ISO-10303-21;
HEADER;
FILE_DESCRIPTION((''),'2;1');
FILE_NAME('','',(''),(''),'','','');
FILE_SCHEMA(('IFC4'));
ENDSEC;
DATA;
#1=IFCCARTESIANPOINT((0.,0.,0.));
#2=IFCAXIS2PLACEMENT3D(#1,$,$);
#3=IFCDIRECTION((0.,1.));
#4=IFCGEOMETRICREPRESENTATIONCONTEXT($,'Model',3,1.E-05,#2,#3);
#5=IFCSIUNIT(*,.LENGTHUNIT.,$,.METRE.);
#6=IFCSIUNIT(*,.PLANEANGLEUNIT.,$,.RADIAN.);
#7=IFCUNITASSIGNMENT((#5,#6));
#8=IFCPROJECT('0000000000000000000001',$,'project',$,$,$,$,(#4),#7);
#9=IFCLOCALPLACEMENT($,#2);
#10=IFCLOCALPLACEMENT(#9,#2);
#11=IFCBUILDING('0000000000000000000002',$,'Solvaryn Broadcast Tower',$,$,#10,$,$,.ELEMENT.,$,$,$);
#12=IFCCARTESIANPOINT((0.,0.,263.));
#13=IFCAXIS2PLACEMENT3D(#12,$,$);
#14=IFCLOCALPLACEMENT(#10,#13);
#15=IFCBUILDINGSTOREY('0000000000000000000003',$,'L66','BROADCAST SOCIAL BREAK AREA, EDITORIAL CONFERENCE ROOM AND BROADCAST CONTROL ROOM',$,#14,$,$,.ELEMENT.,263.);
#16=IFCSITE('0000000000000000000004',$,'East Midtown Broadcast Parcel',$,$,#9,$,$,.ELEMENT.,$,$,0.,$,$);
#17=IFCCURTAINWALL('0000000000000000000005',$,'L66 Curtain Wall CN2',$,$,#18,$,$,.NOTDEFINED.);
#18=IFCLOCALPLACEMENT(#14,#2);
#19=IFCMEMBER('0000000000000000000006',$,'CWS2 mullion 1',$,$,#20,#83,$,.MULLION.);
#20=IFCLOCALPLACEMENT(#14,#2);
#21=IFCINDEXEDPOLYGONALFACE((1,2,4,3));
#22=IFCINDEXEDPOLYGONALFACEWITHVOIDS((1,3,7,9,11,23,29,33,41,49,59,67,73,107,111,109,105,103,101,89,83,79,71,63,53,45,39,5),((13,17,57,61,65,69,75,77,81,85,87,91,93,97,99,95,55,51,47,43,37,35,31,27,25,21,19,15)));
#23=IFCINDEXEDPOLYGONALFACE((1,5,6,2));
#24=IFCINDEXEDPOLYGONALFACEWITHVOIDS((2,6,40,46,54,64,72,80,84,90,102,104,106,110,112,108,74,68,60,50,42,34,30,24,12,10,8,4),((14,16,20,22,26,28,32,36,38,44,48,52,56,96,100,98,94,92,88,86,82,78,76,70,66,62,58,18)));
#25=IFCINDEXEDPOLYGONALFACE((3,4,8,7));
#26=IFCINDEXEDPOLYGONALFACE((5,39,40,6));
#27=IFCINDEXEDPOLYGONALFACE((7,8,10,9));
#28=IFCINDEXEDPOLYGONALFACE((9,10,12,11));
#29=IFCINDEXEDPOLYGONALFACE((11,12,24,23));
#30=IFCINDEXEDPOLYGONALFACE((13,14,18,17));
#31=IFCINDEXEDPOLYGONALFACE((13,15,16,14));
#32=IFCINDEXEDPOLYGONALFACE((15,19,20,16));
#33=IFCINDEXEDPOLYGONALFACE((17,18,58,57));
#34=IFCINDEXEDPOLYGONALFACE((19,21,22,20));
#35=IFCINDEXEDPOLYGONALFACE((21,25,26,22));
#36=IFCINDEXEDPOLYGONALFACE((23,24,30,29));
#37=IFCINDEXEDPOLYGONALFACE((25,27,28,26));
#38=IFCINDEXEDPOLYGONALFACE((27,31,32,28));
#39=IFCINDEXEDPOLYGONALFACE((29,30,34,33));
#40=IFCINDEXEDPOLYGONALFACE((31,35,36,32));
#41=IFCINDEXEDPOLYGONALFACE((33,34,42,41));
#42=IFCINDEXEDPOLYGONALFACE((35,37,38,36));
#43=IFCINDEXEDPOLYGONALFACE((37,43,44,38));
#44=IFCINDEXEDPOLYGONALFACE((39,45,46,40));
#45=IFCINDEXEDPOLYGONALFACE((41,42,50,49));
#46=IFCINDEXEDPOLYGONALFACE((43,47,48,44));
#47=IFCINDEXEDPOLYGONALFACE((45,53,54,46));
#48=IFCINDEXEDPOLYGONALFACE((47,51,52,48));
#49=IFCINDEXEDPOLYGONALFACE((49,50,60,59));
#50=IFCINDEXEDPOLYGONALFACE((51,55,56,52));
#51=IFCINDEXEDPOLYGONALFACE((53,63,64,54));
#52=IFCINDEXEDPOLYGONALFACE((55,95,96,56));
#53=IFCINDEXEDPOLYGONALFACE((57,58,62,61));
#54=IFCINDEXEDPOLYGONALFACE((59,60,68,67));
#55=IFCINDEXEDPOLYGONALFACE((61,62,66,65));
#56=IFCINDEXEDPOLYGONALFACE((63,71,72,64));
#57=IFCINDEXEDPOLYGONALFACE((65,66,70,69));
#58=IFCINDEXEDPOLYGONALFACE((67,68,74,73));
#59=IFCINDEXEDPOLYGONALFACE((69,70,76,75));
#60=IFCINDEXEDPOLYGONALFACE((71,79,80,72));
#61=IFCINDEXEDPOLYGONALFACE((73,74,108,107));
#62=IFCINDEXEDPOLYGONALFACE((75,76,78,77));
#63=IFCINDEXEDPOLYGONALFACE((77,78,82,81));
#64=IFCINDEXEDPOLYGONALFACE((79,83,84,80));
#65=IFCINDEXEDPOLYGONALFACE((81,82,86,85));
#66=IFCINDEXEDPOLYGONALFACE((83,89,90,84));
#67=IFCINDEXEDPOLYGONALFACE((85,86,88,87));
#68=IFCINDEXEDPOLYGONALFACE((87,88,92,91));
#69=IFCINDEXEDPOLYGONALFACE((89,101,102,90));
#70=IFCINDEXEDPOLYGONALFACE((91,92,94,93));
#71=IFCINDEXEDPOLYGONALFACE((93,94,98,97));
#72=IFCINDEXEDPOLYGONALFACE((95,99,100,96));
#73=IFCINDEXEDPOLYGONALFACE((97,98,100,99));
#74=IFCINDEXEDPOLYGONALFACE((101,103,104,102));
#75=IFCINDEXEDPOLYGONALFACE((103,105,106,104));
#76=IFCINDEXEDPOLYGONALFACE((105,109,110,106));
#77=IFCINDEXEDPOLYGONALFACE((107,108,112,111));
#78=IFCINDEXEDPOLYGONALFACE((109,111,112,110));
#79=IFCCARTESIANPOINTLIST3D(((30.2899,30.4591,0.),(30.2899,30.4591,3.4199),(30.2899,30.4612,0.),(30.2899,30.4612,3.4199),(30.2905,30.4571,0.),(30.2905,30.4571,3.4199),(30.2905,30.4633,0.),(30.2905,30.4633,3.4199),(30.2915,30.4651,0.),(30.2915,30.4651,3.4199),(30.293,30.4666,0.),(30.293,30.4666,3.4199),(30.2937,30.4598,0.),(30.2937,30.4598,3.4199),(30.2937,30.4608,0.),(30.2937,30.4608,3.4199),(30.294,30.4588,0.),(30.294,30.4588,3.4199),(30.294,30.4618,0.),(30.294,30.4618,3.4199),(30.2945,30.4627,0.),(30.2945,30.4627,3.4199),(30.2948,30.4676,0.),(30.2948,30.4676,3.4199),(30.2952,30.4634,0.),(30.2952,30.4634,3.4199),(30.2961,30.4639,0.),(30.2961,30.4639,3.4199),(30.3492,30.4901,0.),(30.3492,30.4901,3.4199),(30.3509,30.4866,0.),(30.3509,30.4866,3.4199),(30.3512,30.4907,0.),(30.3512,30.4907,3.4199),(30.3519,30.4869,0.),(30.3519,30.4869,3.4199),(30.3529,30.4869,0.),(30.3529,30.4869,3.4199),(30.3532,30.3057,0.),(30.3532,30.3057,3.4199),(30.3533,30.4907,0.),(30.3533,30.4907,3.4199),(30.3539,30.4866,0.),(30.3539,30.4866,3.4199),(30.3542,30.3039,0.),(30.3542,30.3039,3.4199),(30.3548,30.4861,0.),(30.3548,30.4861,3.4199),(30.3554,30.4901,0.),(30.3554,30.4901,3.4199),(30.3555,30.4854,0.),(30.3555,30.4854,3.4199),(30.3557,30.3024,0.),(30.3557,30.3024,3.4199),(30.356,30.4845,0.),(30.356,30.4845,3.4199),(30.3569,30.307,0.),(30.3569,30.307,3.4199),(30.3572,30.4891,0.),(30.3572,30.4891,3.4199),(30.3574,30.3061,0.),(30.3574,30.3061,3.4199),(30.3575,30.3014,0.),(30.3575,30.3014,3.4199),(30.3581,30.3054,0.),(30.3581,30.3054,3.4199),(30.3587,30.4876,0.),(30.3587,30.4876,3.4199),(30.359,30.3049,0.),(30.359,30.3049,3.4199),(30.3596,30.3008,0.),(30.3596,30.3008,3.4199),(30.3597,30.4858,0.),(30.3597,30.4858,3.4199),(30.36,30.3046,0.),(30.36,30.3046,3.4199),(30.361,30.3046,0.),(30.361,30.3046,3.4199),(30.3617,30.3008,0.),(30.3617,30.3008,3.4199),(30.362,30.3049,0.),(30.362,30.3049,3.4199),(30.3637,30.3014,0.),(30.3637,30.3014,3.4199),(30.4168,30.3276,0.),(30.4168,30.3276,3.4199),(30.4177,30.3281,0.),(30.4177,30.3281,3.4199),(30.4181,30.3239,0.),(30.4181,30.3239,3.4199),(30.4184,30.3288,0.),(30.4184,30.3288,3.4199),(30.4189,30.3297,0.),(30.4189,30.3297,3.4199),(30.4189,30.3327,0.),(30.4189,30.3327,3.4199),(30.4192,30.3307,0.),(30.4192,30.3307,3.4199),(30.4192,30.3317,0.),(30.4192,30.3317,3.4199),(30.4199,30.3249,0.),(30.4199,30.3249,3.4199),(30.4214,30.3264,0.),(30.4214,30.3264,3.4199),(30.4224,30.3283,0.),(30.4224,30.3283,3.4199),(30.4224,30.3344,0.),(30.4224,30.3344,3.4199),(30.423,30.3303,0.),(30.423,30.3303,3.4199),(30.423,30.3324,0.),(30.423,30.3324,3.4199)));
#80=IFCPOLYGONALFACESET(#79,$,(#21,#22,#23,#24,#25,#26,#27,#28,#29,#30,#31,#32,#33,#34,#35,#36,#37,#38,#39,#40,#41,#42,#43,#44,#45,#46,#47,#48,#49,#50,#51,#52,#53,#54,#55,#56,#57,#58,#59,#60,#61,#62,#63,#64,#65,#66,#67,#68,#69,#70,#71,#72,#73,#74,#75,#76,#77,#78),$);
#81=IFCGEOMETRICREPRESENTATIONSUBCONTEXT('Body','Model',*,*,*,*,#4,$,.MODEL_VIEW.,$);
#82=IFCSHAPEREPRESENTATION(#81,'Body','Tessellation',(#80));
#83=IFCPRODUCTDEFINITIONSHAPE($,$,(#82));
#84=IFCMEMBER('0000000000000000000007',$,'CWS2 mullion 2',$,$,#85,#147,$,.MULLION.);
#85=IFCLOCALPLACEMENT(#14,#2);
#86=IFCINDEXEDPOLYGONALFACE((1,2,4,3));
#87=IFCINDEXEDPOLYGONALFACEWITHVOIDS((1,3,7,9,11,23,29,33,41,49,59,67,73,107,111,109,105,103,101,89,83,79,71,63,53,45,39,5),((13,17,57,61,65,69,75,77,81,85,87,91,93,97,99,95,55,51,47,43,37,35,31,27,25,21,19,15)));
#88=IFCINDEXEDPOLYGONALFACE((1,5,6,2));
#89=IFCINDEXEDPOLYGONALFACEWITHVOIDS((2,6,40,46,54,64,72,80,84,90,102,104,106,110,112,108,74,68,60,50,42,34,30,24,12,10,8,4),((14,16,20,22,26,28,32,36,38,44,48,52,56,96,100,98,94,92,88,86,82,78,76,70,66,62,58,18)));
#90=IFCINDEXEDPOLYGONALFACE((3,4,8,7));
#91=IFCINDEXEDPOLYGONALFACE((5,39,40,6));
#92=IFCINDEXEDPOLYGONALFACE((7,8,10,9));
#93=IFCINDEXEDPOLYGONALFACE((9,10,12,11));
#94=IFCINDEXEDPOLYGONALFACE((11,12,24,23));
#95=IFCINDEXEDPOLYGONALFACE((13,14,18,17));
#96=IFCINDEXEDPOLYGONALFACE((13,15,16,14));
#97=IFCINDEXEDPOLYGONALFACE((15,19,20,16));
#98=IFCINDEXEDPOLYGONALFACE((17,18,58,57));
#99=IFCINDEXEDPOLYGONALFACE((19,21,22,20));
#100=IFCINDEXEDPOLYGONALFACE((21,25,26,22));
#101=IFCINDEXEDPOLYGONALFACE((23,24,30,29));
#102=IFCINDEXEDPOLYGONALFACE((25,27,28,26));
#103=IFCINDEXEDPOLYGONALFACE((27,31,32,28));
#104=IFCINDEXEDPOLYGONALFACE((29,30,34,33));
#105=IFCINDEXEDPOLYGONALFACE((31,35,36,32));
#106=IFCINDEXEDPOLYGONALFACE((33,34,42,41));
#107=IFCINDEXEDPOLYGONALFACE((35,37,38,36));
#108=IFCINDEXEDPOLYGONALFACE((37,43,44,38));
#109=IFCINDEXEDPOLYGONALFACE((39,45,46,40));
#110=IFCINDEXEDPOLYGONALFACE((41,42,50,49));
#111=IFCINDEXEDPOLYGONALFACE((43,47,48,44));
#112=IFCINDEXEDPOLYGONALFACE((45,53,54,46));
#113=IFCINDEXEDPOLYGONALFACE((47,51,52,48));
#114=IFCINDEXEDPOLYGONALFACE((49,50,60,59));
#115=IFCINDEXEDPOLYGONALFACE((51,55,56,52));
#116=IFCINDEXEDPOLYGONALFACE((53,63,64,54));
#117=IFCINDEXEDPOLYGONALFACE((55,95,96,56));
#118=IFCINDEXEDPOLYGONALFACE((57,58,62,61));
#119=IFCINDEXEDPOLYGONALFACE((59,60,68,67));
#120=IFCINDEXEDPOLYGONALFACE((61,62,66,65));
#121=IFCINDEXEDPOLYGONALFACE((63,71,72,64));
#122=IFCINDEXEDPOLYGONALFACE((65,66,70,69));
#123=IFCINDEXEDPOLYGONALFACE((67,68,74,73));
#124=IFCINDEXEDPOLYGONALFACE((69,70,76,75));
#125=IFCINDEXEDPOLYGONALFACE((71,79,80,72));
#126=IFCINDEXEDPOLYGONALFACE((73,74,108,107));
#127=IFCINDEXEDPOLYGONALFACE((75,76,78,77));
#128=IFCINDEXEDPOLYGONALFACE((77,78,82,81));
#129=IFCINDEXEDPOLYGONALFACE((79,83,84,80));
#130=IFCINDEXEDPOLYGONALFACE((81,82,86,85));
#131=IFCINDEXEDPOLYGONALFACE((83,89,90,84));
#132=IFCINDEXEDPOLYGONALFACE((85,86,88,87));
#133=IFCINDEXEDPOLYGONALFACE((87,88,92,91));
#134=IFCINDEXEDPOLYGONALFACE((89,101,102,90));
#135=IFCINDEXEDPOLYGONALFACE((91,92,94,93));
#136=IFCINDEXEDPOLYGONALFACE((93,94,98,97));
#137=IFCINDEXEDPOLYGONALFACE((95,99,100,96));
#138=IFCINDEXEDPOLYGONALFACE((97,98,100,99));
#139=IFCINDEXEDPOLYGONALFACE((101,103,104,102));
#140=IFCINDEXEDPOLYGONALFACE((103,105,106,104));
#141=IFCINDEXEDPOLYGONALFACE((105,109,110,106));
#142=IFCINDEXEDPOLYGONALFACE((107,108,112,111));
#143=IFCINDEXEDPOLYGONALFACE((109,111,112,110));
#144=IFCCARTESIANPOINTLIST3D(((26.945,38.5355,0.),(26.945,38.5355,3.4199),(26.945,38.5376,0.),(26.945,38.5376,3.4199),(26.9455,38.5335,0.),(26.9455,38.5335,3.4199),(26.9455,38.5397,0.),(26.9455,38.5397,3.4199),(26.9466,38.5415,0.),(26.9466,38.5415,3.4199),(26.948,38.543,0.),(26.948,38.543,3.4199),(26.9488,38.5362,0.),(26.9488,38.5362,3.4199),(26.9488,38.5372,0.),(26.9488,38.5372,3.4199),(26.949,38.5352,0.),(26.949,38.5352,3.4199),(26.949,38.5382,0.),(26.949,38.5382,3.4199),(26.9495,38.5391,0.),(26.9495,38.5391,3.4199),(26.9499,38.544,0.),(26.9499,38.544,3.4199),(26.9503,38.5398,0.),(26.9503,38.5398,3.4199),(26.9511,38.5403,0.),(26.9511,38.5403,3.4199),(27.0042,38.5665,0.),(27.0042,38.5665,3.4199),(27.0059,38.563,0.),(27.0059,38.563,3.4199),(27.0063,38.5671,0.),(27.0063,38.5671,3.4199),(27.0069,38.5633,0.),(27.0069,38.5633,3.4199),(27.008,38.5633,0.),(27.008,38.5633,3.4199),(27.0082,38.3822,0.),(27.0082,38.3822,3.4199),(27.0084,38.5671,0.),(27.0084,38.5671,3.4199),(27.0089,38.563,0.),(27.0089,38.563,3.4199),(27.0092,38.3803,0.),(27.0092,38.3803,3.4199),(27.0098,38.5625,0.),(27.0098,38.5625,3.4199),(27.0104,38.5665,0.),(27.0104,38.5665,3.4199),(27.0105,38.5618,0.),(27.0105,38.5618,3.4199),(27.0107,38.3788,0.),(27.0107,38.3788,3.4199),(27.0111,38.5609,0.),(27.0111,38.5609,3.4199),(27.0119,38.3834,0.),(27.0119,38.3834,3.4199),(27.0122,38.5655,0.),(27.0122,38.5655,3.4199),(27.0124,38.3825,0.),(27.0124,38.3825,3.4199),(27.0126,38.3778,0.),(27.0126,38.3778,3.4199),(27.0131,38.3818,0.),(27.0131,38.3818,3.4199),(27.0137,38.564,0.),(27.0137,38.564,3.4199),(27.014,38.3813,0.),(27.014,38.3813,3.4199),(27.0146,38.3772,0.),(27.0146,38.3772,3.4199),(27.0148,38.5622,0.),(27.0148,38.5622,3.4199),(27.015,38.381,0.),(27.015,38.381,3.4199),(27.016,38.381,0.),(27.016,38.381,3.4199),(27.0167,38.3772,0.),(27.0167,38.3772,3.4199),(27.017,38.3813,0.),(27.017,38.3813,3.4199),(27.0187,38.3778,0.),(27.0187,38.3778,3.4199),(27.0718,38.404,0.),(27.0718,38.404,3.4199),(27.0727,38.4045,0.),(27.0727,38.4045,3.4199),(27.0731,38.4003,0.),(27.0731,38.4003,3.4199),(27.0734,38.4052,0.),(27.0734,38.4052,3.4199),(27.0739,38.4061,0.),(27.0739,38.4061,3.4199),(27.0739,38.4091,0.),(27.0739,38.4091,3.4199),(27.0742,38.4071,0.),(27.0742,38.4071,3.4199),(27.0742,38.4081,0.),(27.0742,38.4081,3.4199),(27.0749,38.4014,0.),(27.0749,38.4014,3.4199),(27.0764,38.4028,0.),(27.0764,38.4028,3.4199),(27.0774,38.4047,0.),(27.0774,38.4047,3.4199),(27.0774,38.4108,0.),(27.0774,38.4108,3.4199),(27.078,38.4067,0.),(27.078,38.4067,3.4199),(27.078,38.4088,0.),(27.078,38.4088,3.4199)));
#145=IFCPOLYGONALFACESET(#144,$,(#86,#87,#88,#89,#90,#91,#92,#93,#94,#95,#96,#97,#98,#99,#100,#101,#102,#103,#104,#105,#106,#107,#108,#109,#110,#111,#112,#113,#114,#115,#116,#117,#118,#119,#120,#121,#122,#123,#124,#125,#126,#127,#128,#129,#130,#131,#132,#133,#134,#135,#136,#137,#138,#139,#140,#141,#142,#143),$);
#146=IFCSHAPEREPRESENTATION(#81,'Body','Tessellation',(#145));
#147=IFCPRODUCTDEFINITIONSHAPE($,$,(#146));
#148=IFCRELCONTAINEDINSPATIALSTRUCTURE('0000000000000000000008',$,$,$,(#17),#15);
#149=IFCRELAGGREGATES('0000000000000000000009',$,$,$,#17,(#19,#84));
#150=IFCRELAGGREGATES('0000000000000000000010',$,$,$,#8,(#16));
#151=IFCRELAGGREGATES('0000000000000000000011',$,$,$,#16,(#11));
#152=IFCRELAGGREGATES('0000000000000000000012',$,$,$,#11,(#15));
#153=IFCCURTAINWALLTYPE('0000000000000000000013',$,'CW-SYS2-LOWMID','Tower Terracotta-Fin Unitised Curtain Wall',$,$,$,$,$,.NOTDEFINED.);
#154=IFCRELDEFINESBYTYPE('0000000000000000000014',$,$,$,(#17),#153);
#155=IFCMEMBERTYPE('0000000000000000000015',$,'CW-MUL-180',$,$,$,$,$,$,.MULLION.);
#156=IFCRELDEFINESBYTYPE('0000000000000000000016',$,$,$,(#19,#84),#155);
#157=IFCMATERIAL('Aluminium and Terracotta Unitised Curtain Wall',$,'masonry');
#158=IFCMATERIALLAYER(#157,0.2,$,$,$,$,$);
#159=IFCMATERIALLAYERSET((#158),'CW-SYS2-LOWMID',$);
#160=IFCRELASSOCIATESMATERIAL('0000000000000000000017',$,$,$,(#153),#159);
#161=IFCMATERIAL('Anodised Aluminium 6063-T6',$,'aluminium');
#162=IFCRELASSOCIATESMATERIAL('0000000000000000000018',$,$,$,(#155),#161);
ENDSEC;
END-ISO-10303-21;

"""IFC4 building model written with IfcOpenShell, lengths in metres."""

from ifc_helpers import new_model, si_unit, direction, frame, origin, origin_2d, place, context, subcontext, project, spatial, hollow_rectangle, extrude, material, layer, layer_set, material_profile, profile_set, type_object, element, aggregate, save


model = new_model("IFC4")

# Units and contexts
model_context = context("Model", 3, precision=1e-05, world=origin(), true_north=direction((0.0, 1.0)))
body_context = subcontext(model_context, "Body", "Model", "MODEL_VIEW")
ifc_project = project(units=[si_unit("LENGTHUNIT", "METRE"), si_unit("PLANEANGLEUNIT", "RADIAN")], contexts=[model_context])

# Site, building, storey
site_placement = place(None, origin())
site = spatial("IfcSite", under=ifc_project, at=site_placement, Name="East Midtown Broadcast Parcel", CompositionType="ELEMENT", RefElevation=0.0)
building_placement = place(site_placement, origin())
building = spatial("IfcBuilding", under=site, at=building_placement, Name="Solvaryn Broadcast Tower", CompositionType="ELEMENT")
storey_placement = place(building_placement, frame((0.0, 0.0, 263.0)))
storey = spatial("IfcBuildingStorey", under=building, at=storey_placement, Name="L66", Description="BROADCAST SOCIAL BREAK AREA, EDITORIAL CONFERENCE ROOM AND BROADCAST CONTROL ROOM", CompositionType="ELEMENT", Elevation=263.0)

# Shared definitions
ifc_material_1 = material(Name="Aluminium and Terracotta Unitised Curtain Wall", Category="masonry")
ifc_layer_1 = layer(ifc_material_1, 0.2)
ifc_layer_set_1 = layer_set([ifc_layer_1], Name="CW-SYS2-LOWMID")
curtain_wall_type = type_object("IfcCurtainWallType", Name="CW-SYS2-LOWMID", Description="Tower Terracotta-Fin Unitised Curtain Wall", PredefinedType="NOTDEFINED", material=ifc_layer_set_1)
ifc_material_2 = material(Name="Anodised Aluminium 6063-T6", Category="aluminium")
ifc_material_profile_1 = material_profile(ifc_material_2, hollow_rectangle(XDim=0.075, YDim=0.1799, WallThickness=0.0039, InnerFilletRadius=0.0039, OuterFilletRadius=0.0081, at=origin_2d()))
ifc_profile_set_1 = profile_set([ifc_material_profile_1], Name="Anodised Aluminium 6063-T6")
member_type_1 = type_object("IfcMemberType", Name="CW-MUL-180", PredefinedType="MULLION", material=ifc_profile_set_1)

# Curtain wall, members
curtain_wall_1_placement = place(storey_placement, origin())
curtain_wall_1 = element("IfcCurtainWall", 1, at=curtain_wall_1_placement, inside=storey, type_object=curtain_wall_type, Name="L66 Curtain Wall CN2", PredefinedType="NOTDEFINED")
member_1_placement = place(storey_placement, frame((30.3564, 30.3958, 0.0), z_axis=(0.0, 0.0, 1.0), x_axis=(-0.923895, -0.382646, 0.0)))
member_1 = element("IfcMember", 2, at=member_1_placement, type_object=member_type_1, Name="CWS2 mullion 1", PredefinedType="MULLION", context=body_context, shape_type="SweptSolid", body=[
    extrude(hollow_rectangle(XDim=0.075, YDim=0.1799, WallThickness=0.0039, InnerFilletRadius=0.0039, OuterFilletRadius=0.0081, at=origin_2d()), origin(), (0.0, 0.0, 1.0), 3.4199),
])
member_2_placement = place(storey_placement, frame((27.0115, 38.4722, 0.0), z_axis=(0.0, 0.0, 1.0), x_axis=(-0.923895, -0.382646, 0.0)))
member_2 = element("IfcMember", 3, at=member_2_placement, type_object=member_type_1, Name="CWS2 mullion 2", PredefinedType="MULLION", context=body_context, shape_type="SweptSolid", body=[
    extrude(hollow_rectangle(XDim=0.075, YDim=0.1799, WallThickness=0.0039, InnerFilletRadius=0.0039, OuterFilletRadius=0.0081, at=origin_2d()), origin(), (0.0, 0.0, 1.0), 3.4199),
])
aggregate(curtain_wall_1, [member_1, member_2])

save(model, "model.ifc")
